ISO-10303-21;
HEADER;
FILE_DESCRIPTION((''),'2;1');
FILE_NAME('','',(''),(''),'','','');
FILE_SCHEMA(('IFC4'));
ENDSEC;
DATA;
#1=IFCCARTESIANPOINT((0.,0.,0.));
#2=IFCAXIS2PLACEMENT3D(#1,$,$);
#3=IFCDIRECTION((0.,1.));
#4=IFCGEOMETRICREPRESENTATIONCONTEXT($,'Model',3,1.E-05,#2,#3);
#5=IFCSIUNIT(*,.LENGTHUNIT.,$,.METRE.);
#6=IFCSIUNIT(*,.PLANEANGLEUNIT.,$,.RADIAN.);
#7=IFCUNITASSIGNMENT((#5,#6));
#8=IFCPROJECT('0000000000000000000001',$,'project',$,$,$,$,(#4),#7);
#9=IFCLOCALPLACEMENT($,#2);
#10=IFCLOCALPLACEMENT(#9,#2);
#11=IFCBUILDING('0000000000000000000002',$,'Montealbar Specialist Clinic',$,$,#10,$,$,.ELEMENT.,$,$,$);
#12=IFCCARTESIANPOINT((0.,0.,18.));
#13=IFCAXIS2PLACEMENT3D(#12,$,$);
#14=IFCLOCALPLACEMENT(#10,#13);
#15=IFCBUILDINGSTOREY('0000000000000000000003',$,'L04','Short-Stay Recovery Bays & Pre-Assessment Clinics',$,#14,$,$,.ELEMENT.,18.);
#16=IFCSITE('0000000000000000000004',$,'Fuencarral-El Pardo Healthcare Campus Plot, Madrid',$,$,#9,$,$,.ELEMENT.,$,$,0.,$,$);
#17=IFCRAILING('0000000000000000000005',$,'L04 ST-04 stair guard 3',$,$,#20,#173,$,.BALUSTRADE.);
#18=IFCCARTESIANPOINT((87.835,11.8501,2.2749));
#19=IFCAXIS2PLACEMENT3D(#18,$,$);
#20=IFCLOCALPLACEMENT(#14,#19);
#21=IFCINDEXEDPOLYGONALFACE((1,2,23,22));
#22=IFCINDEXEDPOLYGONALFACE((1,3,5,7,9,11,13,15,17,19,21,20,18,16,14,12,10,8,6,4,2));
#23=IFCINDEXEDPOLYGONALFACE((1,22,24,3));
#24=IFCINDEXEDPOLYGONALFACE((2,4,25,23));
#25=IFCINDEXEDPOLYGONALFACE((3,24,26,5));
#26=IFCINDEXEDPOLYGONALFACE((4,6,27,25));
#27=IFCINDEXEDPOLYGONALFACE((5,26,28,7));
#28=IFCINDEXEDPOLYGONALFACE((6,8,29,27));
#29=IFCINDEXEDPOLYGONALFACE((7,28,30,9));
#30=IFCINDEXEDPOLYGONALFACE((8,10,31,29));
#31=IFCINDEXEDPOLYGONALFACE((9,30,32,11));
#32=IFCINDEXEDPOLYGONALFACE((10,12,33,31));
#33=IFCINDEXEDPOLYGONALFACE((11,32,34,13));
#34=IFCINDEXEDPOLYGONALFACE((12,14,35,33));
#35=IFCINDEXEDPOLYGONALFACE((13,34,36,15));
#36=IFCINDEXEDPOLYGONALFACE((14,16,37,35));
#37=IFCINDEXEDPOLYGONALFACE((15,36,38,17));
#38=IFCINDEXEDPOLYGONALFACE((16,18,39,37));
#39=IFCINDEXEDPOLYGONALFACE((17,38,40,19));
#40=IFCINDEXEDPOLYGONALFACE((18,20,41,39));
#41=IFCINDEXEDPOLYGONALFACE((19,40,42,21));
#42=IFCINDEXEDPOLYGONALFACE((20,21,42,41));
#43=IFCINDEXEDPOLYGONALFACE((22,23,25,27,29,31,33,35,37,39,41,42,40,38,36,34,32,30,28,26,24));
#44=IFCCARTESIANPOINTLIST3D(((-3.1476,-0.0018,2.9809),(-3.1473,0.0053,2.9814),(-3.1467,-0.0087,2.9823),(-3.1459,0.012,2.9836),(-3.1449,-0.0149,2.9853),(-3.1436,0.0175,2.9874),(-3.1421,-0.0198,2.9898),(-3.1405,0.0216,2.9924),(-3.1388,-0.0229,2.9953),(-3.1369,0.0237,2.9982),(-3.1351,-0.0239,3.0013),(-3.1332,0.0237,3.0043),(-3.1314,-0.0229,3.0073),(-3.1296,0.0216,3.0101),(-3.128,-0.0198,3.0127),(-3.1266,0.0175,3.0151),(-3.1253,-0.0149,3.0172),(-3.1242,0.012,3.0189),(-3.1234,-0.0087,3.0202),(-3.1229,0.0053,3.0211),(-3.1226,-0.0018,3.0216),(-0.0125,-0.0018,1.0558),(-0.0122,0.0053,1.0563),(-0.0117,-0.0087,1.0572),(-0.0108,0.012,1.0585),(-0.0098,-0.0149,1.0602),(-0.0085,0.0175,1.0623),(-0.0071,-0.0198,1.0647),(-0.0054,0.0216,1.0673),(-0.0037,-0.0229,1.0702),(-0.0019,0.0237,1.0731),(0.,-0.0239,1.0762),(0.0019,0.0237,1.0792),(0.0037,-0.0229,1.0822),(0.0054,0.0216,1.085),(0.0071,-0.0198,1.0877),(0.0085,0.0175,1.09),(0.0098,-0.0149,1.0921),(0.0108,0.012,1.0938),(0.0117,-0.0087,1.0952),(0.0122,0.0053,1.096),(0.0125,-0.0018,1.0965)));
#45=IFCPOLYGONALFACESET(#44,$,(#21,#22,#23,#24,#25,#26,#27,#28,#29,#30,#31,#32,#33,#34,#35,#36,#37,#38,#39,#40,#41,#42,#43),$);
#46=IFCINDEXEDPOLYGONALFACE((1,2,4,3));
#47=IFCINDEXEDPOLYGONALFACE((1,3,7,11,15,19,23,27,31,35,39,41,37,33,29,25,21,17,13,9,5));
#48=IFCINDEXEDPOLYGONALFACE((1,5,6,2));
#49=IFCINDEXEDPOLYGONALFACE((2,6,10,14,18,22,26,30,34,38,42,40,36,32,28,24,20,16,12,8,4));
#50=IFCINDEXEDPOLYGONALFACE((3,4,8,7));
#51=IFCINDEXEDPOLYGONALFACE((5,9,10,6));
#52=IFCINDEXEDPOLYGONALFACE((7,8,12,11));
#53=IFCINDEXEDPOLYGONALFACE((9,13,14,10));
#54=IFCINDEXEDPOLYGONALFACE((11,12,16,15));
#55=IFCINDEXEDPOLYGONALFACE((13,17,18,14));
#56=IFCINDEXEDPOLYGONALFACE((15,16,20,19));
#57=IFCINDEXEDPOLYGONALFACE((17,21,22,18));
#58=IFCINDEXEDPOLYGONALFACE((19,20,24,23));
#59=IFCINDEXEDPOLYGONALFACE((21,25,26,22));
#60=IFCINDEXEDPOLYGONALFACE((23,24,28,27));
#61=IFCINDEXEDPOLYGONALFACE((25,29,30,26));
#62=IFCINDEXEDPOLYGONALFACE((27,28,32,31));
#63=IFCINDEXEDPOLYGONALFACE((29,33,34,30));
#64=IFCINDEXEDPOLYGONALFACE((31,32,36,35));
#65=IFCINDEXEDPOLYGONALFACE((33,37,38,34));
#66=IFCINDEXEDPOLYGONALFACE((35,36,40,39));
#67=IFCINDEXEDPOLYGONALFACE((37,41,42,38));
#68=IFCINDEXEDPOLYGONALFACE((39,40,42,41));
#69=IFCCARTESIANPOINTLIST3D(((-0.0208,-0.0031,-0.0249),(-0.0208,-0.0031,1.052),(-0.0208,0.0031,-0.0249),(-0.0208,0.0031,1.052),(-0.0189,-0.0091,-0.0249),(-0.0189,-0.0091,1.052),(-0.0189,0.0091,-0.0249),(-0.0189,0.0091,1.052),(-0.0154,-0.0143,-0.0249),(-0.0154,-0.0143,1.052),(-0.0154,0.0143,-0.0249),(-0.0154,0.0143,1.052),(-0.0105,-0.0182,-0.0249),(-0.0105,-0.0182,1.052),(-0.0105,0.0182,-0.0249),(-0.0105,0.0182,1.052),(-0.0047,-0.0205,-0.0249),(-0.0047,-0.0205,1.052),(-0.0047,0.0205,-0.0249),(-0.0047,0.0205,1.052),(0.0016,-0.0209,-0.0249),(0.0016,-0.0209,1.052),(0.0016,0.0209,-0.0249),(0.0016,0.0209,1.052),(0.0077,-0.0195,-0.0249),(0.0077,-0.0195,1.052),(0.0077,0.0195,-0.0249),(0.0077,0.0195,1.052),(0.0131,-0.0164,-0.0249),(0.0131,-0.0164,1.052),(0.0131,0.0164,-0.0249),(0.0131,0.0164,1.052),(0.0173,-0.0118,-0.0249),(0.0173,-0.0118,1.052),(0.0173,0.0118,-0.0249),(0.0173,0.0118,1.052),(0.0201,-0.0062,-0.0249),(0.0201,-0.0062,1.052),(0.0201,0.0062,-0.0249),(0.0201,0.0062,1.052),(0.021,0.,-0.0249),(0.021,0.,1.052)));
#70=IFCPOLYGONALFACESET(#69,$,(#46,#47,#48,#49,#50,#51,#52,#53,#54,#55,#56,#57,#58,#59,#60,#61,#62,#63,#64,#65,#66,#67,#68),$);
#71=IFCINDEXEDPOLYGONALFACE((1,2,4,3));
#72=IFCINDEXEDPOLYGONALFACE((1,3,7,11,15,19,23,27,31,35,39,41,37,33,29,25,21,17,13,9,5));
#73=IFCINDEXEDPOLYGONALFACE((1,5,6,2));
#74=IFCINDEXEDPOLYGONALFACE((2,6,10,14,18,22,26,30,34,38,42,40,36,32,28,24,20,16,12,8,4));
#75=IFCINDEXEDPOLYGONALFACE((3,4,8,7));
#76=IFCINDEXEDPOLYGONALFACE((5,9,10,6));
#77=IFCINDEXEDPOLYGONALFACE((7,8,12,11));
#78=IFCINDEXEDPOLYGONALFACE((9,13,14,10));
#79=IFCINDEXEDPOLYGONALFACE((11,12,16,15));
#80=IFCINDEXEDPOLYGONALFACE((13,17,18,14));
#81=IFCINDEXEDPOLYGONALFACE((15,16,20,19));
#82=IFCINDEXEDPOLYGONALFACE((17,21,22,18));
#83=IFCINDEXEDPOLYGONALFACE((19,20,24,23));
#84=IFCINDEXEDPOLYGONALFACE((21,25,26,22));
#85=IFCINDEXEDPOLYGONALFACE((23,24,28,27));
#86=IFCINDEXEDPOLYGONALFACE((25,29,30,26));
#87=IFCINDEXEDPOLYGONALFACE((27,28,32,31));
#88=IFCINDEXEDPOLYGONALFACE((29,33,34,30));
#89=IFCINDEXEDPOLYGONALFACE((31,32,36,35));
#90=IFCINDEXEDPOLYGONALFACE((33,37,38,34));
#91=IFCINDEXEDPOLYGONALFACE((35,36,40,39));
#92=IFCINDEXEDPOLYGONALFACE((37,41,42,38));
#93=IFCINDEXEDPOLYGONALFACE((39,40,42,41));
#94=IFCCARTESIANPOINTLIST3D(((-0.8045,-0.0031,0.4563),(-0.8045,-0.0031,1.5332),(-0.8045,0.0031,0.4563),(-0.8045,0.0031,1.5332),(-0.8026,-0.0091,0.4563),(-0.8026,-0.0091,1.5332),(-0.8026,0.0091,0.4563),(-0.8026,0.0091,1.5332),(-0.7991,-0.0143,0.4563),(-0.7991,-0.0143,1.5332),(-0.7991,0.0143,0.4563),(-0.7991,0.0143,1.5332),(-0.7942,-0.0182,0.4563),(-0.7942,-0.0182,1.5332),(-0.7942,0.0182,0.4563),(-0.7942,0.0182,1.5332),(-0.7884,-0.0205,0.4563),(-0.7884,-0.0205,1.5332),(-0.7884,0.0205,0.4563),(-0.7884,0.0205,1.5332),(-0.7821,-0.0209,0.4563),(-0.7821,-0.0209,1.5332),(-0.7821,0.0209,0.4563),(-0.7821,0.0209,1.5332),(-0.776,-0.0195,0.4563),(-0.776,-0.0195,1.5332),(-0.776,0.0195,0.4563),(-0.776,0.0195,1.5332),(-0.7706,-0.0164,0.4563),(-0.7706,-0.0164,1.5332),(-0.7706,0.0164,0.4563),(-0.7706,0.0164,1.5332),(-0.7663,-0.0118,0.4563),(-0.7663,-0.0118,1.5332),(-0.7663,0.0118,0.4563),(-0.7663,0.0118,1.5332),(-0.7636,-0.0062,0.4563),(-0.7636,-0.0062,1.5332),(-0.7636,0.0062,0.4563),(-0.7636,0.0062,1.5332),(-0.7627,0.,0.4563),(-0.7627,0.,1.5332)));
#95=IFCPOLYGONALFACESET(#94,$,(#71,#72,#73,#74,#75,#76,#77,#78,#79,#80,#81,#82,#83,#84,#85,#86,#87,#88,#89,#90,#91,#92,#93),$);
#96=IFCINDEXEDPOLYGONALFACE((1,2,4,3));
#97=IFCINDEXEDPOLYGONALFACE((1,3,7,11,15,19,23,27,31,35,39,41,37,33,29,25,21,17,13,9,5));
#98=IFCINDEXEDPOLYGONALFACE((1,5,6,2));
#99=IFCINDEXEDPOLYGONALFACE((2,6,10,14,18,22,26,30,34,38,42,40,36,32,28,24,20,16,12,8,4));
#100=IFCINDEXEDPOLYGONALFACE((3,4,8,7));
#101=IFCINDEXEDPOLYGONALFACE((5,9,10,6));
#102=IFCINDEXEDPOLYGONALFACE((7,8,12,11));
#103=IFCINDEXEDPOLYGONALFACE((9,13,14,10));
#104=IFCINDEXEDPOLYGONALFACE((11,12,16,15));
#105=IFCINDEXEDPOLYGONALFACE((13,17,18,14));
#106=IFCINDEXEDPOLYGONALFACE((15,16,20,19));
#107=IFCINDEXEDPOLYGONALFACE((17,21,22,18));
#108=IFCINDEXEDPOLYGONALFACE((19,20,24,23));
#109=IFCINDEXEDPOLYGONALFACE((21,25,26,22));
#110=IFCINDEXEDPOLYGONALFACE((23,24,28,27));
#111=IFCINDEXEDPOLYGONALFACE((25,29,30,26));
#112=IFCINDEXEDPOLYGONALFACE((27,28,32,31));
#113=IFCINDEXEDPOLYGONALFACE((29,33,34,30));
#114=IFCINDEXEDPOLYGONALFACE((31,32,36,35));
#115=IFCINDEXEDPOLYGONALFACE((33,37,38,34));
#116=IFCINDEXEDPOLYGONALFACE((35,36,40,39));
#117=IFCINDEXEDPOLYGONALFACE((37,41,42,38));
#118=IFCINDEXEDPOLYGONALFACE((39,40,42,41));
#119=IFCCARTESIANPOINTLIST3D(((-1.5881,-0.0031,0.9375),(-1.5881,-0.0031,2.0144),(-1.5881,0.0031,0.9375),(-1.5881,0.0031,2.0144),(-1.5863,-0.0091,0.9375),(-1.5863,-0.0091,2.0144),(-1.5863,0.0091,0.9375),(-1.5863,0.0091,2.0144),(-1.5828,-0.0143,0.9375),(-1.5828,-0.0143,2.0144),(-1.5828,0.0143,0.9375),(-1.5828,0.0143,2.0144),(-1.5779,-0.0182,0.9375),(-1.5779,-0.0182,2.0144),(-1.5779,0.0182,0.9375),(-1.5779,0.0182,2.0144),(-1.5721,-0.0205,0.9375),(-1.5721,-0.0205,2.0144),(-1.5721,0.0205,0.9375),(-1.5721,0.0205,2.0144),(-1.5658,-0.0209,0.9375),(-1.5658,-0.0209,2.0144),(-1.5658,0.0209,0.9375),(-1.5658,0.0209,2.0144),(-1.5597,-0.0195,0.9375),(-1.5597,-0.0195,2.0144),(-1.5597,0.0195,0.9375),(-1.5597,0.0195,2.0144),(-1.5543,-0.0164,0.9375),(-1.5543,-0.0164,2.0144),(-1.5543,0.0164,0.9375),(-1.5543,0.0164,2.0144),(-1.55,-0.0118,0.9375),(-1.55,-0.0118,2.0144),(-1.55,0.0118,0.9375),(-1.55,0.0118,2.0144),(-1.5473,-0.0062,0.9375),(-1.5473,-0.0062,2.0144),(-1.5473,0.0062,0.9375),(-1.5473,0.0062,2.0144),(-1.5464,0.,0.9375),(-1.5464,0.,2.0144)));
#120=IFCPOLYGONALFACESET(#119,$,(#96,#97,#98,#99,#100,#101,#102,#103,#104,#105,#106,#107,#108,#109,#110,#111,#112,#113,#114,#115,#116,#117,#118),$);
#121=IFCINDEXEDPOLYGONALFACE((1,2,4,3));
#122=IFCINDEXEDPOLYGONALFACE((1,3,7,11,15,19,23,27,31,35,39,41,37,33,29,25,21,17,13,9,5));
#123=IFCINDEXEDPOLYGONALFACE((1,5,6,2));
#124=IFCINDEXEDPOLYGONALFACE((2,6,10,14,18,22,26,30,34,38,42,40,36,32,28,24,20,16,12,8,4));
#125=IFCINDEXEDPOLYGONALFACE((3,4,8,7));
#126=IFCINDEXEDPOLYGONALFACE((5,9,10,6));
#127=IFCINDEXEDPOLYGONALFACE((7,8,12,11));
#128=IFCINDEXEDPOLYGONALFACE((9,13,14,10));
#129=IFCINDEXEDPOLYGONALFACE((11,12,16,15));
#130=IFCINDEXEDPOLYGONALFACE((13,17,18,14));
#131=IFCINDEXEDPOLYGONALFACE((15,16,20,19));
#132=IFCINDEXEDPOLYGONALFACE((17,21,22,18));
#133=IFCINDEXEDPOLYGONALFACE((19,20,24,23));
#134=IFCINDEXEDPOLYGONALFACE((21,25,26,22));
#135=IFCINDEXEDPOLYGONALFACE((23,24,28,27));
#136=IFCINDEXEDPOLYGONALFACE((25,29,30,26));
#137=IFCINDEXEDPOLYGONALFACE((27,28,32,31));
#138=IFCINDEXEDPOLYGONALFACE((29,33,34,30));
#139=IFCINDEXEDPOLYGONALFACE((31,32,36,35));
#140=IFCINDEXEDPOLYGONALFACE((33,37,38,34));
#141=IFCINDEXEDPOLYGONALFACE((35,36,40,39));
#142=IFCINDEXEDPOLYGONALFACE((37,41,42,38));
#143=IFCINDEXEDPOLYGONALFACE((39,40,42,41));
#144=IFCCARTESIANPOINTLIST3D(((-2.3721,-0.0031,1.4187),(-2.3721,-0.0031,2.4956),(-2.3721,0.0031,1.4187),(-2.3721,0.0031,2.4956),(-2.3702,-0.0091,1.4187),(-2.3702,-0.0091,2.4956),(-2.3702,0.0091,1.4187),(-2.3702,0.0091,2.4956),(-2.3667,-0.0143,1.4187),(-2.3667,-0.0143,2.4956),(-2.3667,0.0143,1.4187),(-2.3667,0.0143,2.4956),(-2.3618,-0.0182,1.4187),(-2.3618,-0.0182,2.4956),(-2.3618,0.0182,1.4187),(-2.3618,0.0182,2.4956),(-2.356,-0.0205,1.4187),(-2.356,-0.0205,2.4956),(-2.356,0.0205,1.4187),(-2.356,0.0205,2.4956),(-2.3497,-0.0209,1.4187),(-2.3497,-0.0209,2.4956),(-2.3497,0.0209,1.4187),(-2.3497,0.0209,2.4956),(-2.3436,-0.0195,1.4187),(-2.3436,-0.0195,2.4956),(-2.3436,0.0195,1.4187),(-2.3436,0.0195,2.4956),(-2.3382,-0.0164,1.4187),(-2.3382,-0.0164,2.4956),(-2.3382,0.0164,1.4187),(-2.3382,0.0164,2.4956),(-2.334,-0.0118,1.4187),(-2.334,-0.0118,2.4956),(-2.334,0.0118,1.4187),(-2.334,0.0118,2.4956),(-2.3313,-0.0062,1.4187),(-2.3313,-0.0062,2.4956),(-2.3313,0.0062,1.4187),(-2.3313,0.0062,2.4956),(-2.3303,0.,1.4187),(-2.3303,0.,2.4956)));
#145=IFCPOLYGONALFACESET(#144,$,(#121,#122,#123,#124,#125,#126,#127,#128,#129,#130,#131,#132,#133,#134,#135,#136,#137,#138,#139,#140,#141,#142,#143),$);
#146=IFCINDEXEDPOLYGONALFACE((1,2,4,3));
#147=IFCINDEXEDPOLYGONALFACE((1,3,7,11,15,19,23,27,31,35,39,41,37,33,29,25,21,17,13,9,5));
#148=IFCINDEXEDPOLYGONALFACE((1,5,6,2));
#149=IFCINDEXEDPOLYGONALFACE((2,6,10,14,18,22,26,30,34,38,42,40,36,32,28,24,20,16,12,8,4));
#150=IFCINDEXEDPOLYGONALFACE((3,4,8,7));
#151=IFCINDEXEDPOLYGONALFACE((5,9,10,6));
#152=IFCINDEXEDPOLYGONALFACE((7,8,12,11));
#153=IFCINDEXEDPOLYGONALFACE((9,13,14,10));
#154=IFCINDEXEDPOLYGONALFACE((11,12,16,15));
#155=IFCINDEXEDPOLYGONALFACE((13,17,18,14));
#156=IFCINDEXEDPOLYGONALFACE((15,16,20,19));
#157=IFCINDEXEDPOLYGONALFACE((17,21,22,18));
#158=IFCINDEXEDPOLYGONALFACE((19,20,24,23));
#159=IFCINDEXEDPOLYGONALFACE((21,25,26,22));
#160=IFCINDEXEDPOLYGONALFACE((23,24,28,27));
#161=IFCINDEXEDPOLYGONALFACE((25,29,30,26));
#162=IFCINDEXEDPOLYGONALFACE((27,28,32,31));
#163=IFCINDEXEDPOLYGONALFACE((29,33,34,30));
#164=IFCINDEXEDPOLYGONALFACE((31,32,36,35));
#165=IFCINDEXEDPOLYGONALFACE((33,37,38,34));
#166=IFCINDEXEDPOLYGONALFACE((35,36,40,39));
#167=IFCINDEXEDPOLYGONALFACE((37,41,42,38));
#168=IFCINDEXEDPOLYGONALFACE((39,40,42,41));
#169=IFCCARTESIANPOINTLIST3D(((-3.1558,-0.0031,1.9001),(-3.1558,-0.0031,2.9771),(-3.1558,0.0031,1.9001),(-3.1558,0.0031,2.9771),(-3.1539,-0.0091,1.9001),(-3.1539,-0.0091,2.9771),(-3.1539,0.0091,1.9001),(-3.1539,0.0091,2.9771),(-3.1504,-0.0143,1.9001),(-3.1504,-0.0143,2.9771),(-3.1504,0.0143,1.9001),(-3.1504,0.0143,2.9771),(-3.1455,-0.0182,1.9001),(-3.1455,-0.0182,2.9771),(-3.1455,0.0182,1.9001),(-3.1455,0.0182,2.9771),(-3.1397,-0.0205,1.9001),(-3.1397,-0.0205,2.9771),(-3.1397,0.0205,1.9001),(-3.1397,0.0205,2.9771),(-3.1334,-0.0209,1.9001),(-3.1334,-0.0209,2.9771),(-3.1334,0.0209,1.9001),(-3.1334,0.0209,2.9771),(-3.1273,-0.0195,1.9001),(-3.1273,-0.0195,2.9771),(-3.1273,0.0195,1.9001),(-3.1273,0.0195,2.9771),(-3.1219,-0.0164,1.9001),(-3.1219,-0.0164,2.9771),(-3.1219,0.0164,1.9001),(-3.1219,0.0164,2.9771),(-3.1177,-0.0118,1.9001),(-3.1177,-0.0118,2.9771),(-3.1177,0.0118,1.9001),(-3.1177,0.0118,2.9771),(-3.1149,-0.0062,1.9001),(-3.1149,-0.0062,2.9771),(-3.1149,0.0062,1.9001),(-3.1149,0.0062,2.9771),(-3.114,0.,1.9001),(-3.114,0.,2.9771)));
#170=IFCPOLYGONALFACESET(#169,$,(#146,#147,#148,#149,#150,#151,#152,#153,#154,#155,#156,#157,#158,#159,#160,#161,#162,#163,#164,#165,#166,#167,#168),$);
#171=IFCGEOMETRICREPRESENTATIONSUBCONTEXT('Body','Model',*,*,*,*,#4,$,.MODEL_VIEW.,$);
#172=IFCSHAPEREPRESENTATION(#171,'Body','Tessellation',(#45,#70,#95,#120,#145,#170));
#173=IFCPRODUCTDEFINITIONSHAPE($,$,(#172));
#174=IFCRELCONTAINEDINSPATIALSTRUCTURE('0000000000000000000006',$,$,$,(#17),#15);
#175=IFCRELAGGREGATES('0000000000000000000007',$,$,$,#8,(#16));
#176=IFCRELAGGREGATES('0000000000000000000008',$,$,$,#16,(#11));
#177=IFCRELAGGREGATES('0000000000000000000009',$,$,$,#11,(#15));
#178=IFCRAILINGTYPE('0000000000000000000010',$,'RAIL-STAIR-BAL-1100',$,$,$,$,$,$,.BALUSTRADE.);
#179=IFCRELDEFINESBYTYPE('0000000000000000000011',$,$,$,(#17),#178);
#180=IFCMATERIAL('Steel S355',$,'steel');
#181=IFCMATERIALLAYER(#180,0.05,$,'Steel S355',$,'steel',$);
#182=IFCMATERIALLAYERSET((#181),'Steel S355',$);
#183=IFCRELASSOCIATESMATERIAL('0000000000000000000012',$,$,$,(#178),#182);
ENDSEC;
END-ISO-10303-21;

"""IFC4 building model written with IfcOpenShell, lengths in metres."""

from ifc_helpers import new_model, si_unit, direction, frame, origin, origin_2d, place, context, subcontext, project, spatial, circle, extrude, material, layer, layer_set, type_object, element, save


model = new_model("IFC4")

# Units and contexts
model_context = context("Model", 3, precision=1e-05, world=origin(), true_north=direction((0.0, 1.0)))
body_context = subcontext(model_context, "Body", "Model", "MODEL_VIEW")
ifc_project = project(units=[si_unit("LENGTHUNIT", "METRE"), si_unit("PLANEANGLEUNIT", "RADIAN")], contexts=[model_context])

# Site, building, storey
site_placement = place(None, origin())
site = spatial("IfcSite", under=ifc_project, at=site_placement, Name="Fuencarral-El Pardo Healthcare Campus Plot, Madrid", CompositionType="ELEMENT", RefElevation=0.0)
building_placement = place(site_placement, origin())
building = spatial("IfcBuilding", under=site, at=building_placement, Name="Montealbar Specialist Clinic", CompositionType="ELEMENT")
storey_placement = place(building_placement, frame((0.0, 0.0, 18.0)))
storey = spatial("IfcBuildingStorey", under=building, at=storey_placement, Name="L04", Description="Short-Stay Recovery Bays & Pre-Assessment Clinics", CompositionType="ELEMENT", Elevation=18.0)

# Shared definitions
ifc_material_1 = material(Name="Steel S355", Category="steel")

# Railing
ifc_layer_1 = layer(ifc_material_1, 0.05, Name="Steel S355", Category="steel")
ifc_layer_set_1 = layer_set([ifc_layer_1], Name="Steel S355")
railing_type_1 = type_object("IfcRailingType", Name="RAIL-STAIR-BAL-1100", PredefinedType="BALUSTRADE", material=ifc_layer_set_1)
railing_1_placement = place(storey_placement, frame((87.835, 11.8501, 2.2749)))
element("IfcRailing", 1, at=railing_1_placement, inside=storey, type_object=railing_type_1, Name="L04 ST-04 stair guard 3", PredefinedType="BALUSTRADE", context=body_context, shape_type="SweptSolid", body=[
    extrude(circle(Radius=0.0239, at=origin_2d()), frame((0.0, 0.0, 1.0762), z_axis=(-0.852166, 0.0, 0.523271), x_axis=(0.0, -1.0, 0.0)), (0.0, 0.0, 1.0), 3.679),
    extrude(circle(Radius=0.021, at=origin_2d()), frame((0.0, 0.0, -0.0249)), (0.0, 0.0, 1.0), 1.0769),
    extrude(circle(Radius=0.021, at=origin_2d()), frame((-0.7837, 0.0, 0.4563)), (0.0, 0.0, 1.0), 1.0769),
    extrude(circle(Radius=0.021, at=origin_2d()), frame((-1.5674, 0.0, 0.9375)), (0.0, 0.0, 1.0), 1.0769),
    extrude(circle(Radius=0.021, at=origin_2d()), frame((-2.3513, 0.0, 1.4187)), (0.0, 0.0, 1.0), 1.0769),
    extrude(circle(Radius=0.021, at=origin_2d()), frame((-3.135, 0.0, 1.9001)), (0.0, 0.0, 1.0), 1.0769),
])

save(model, "model.ifc")
